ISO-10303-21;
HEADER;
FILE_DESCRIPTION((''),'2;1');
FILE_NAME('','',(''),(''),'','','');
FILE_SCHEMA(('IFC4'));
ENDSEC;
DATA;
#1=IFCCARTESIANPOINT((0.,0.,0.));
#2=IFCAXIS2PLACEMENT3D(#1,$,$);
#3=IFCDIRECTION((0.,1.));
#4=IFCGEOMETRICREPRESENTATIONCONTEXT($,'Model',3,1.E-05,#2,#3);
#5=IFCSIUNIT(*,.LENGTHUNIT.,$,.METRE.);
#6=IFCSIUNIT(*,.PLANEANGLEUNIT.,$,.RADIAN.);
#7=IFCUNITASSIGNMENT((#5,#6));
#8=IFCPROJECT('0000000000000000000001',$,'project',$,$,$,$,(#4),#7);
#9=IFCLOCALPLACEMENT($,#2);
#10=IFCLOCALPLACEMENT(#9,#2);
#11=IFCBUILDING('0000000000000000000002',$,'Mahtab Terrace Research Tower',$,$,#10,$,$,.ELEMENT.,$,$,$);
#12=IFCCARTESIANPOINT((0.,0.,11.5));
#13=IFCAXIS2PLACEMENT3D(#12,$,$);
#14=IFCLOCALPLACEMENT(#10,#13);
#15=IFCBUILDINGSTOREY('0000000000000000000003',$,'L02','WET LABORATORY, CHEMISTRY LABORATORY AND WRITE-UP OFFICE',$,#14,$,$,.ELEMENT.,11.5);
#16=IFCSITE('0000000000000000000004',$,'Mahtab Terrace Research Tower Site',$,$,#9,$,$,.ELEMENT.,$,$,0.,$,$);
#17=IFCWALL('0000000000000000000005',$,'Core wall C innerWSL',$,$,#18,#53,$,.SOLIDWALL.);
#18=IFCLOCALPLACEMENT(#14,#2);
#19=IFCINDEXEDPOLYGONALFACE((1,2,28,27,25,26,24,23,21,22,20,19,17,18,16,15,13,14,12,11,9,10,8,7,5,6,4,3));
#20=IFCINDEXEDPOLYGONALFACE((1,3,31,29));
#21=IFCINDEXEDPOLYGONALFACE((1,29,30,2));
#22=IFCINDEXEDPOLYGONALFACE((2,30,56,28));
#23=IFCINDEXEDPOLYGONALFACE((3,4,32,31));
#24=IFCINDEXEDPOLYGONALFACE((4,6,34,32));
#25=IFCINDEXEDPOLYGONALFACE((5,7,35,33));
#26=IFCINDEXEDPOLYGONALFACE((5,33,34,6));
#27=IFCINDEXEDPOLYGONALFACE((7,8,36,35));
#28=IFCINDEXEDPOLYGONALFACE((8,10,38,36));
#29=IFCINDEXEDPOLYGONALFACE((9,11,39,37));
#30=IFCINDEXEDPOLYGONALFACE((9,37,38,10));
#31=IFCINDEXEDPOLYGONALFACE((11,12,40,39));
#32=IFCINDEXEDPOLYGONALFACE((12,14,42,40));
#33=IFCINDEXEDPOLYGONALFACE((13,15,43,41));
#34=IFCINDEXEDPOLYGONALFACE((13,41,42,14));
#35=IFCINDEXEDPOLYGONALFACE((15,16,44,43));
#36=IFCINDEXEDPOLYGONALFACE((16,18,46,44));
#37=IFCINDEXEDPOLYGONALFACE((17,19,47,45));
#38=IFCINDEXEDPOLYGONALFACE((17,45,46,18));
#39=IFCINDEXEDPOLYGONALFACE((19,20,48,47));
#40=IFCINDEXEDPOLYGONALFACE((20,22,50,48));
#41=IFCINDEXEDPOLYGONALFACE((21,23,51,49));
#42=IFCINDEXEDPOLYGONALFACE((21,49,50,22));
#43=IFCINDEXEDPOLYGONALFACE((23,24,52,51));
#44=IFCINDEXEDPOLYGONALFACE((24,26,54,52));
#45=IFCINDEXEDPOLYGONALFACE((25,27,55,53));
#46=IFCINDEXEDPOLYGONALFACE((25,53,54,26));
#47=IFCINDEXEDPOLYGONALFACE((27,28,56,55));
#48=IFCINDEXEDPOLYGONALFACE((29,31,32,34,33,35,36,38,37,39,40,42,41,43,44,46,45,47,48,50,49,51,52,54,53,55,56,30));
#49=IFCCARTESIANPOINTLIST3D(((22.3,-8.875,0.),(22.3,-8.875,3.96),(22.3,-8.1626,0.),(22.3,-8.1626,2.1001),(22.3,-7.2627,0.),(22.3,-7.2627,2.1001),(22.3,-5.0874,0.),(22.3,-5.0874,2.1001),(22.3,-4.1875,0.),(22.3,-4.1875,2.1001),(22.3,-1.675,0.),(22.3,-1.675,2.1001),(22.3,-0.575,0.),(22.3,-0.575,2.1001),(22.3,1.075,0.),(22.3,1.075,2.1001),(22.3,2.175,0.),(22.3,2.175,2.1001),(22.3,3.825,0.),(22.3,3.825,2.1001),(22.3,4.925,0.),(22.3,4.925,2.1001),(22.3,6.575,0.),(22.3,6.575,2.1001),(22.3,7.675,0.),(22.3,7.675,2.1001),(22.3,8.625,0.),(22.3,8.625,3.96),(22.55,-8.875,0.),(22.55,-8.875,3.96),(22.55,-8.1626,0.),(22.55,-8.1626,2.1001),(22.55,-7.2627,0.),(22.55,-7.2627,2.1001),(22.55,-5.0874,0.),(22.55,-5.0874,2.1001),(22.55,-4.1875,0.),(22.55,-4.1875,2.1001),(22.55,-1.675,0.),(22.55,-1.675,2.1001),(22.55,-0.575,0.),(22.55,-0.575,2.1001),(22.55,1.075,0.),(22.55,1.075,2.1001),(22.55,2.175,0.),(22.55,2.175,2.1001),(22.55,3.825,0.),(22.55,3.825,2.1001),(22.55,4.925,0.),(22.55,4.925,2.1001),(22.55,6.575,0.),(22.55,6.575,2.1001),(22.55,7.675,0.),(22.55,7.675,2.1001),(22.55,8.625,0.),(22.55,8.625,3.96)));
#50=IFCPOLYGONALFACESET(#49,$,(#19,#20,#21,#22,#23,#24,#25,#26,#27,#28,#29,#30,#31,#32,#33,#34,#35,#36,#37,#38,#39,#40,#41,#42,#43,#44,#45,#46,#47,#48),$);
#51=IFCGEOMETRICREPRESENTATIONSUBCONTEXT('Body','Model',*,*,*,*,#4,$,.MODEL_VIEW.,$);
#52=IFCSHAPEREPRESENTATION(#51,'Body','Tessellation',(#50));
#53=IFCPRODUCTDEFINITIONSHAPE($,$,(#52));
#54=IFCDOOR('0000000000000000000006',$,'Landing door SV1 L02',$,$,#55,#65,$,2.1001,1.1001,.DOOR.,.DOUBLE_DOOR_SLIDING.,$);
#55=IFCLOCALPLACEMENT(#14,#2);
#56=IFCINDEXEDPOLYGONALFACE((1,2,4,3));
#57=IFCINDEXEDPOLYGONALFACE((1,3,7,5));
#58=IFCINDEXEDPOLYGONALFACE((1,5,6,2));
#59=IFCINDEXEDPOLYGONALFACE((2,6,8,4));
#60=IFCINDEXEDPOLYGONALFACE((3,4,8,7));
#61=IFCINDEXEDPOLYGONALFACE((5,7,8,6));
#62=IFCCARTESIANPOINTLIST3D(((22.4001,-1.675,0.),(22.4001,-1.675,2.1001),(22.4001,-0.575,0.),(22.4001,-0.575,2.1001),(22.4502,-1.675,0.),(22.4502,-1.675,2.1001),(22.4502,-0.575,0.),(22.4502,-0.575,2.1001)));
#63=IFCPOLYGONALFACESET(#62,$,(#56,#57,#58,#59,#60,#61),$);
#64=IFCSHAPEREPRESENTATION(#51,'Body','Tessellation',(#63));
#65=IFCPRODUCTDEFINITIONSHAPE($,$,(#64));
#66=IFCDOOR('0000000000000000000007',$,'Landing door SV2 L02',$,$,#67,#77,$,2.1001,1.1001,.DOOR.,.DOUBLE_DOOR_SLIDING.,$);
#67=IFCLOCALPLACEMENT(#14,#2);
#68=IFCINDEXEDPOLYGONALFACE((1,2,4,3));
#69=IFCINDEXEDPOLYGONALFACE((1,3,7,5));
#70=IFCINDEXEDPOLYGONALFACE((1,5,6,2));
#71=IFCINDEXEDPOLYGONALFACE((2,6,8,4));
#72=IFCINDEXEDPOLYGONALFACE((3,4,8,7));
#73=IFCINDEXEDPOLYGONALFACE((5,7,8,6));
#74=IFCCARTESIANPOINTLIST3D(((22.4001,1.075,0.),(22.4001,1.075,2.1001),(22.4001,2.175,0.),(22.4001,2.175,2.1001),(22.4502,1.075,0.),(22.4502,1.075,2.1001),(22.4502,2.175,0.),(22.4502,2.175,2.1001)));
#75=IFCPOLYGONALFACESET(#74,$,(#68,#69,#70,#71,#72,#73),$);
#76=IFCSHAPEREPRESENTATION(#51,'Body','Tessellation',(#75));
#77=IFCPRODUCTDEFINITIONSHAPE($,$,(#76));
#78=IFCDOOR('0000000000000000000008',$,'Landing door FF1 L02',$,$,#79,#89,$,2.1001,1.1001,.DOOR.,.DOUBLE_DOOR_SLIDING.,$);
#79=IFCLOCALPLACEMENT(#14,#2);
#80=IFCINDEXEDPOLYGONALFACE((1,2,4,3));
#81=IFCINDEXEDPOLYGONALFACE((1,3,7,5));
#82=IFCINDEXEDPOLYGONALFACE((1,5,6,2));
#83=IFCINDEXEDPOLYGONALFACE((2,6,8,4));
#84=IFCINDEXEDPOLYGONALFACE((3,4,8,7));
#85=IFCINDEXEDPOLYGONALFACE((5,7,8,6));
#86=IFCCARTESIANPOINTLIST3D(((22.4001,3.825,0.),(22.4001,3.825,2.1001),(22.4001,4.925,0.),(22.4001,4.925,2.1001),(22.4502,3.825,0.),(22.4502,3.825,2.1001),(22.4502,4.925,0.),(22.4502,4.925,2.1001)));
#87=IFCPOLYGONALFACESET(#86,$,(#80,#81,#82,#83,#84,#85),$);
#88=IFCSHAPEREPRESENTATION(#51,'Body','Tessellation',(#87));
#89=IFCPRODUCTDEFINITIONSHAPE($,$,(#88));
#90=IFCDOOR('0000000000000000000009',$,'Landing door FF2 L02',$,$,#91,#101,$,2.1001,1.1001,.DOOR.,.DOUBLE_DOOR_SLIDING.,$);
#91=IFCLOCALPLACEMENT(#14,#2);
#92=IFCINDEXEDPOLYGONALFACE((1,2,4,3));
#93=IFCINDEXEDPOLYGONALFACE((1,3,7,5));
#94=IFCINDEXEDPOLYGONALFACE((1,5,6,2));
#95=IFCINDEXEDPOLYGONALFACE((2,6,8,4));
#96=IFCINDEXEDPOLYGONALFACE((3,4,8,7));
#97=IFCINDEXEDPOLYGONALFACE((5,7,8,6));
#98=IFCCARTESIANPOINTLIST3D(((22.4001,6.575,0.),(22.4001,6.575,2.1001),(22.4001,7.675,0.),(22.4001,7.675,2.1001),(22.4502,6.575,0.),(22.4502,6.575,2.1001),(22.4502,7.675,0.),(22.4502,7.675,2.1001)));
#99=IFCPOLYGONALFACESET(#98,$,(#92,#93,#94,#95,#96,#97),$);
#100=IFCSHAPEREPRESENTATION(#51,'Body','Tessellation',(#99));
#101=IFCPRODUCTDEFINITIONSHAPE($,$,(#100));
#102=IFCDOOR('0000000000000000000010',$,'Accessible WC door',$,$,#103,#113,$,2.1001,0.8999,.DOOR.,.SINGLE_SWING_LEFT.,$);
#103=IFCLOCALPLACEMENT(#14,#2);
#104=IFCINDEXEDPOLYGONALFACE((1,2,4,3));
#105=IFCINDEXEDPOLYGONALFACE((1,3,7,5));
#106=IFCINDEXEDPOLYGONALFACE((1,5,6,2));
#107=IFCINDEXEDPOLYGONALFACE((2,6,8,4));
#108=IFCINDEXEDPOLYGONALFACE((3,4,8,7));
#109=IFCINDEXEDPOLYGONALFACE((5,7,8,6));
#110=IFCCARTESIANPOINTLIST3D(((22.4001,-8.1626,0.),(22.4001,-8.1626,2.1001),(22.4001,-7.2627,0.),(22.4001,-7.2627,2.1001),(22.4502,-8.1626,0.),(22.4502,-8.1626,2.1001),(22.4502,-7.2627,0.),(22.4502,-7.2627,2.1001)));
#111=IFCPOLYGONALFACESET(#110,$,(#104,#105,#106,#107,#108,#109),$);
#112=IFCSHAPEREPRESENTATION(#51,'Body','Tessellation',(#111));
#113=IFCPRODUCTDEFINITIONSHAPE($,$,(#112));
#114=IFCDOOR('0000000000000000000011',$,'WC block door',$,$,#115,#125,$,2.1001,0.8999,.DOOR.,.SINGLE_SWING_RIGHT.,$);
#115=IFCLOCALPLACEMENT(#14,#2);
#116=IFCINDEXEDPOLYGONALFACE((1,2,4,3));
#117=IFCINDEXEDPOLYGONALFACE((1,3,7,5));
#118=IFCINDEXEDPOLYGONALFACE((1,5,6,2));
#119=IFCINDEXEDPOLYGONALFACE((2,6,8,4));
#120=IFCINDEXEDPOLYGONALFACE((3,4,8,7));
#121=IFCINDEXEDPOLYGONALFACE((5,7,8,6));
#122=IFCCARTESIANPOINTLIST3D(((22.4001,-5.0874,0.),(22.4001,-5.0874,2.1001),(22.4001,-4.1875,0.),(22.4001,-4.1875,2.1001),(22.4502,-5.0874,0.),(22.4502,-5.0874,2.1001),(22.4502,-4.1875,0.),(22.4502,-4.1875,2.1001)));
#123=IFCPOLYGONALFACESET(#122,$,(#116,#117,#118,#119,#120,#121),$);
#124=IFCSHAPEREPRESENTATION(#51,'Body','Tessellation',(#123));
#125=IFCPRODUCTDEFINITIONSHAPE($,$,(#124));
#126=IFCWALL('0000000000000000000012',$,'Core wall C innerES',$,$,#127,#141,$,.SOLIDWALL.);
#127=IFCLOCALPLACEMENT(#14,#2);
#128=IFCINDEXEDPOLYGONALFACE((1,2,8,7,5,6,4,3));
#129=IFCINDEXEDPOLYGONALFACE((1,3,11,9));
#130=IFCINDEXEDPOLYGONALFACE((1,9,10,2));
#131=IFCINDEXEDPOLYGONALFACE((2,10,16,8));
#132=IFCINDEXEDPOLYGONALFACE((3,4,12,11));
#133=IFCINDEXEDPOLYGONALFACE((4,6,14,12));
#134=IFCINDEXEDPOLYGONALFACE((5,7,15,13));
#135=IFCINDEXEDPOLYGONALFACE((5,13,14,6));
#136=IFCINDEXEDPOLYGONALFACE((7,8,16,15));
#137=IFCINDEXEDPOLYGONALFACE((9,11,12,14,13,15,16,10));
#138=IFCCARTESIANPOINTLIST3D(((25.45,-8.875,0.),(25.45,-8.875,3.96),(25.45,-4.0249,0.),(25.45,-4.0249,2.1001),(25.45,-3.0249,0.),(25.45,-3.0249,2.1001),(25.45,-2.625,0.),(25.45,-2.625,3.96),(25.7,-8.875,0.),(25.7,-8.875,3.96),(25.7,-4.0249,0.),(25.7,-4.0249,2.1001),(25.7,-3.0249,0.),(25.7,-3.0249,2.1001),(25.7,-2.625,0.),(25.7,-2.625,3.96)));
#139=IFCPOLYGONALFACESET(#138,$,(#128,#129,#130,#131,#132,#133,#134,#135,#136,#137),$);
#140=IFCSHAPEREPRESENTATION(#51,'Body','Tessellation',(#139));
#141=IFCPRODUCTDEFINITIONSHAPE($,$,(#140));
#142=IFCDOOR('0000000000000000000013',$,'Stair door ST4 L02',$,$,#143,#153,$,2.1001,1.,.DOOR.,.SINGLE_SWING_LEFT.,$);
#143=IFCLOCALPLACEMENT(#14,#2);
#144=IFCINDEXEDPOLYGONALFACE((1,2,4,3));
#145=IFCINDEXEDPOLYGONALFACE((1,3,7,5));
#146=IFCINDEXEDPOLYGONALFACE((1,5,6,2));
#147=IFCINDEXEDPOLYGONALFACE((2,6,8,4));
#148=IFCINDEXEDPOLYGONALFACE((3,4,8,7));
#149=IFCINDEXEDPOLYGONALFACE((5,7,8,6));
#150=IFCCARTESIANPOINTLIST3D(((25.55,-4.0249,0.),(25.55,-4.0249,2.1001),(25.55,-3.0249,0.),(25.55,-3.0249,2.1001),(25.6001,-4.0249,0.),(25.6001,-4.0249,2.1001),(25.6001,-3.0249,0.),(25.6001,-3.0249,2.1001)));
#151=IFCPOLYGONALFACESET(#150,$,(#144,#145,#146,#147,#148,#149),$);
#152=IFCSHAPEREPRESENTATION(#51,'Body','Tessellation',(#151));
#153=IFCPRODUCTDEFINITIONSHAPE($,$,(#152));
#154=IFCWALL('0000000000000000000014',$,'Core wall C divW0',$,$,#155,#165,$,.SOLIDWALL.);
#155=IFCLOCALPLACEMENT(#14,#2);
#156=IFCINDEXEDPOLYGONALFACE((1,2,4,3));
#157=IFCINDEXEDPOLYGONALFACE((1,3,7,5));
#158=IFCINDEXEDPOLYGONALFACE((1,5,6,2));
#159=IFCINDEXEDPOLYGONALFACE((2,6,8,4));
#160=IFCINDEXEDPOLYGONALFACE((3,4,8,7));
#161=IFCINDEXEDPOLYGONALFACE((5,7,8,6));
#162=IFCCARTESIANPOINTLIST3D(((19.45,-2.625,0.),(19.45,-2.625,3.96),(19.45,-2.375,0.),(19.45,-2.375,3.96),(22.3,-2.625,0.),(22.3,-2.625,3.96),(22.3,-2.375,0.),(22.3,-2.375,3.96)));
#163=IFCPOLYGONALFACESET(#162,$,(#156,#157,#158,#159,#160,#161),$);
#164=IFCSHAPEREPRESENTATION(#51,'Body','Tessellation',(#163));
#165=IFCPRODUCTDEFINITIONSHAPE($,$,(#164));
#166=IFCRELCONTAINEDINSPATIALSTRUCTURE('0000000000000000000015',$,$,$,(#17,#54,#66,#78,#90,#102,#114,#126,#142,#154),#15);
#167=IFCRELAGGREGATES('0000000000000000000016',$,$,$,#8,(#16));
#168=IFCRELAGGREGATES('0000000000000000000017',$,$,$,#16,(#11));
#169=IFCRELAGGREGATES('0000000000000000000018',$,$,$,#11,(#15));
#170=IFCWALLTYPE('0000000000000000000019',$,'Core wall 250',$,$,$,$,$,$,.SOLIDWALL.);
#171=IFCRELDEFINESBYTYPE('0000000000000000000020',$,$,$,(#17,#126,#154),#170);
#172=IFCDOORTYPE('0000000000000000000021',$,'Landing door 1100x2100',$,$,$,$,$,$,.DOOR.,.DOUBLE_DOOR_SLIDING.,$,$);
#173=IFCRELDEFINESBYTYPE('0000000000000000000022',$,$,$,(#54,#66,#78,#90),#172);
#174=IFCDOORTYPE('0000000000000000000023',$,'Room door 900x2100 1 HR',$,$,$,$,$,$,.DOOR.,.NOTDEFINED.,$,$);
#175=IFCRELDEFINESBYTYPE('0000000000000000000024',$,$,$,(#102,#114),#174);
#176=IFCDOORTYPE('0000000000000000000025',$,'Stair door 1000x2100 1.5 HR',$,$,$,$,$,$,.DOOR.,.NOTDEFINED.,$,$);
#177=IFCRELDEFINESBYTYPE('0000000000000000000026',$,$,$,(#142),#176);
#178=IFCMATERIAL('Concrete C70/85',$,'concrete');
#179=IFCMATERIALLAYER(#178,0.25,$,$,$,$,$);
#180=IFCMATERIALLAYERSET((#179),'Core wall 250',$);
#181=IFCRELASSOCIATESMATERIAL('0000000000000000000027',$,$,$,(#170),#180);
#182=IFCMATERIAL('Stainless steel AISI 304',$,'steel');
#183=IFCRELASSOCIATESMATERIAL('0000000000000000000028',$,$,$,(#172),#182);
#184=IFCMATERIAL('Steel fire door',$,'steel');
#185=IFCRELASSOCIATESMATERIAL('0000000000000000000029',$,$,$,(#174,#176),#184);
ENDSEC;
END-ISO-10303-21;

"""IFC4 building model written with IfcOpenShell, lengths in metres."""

from ifc_helpers import new_model, si_unit, direction, frame, frame_2d, origin, place, context, subcontext, project, spatial, rectangle, extrude, material, layer, layer_set, type_object, element, fill, save


model = new_model("IFC4")

# Units and contexts
model_context = context("Model", 3, precision=1e-05, world=origin(), true_north=direction((0.0, 1.0)))
body_context = subcontext(model_context, "Body", "Model", "MODEL_VIEW")
ifc_project = project(units=[si_unit("LENGTHUNIT", "METRE"), si_unit("PLANEANGLEUNIT", "RADIAN")], contexts=[model_context])

# Site, building, storey
site_placement = place(None, origin())
site = spatial("IfcSite", under=ifc_project, at=site_placement, Name="Mahtab Terrace Research Tower Site", CompositionType="ELEMENT", RefElevation=0.0)
building_placement = place(site_placement, origin())
building = spatial("IfcBuilding", under=site, at=building_placement, Name="Mahtab Terrace Research Tower", CompositionType="ELEMENT")
storey_placement = place(building_placement, frame((0.0, 0.0, 11.5)))
storey = spatial("IfcBuildingStorey", under=building, at=storey_placement, Name="L02", Description="WET LABORATORY, CHEMISTRY LABORATORY AND WRITE-UP OFFICE", CompositionType="ELEMENT", Elevation=11.5)

# Shared definitions
ifc_material_1 = material(Name="Concrete C70/85", Category="concrete")

# Wall, openings, doors
ifc_layer_1 = layer(ifc_material_1, 0.25)
ifc_layer_set_1 = layer_set([ifc_layer_1], Name="Core wall 250")
wall_type_1 = type_object("IfcWallType", Name="Core wall 250", PredefinedType="SOLIDWALL", material=ifc_layer_set_1)
wall_1_placement = place(storey_placement, frame((22.425, -8.875, 0.0), z_axis=(0.0, 0.0, 1.0), x_axis=(0.0, 1.0, 0.0)))
wall_1 = element("IfcWall", 1, at=wall_1_placement, inside=storey, type_object=wall_type_1, Name="Core wall C innerWSL", PredefinedType="SOLIDWALL", context=body_context, shape_type="SweptSolid", body=[
    extrude(rectangle(XDim=17.5, YDim=0.25, at=frame_2d((8.75, 0.0))), origin(), (0.0, 0.0, 1.0), 3.96),
])
opening_1_placement = place(wall_1_placement, frame((7.2, 0.0, 0.0)))
opening_1 = element("IfcOpeningElement", 2, at=opening_1_placement, cuts=wall_1, PredefinedType="OPENING", context=body_context, shape_type="SweptSolid", body=[
    extrude(rectangle(XDim=1.1001, YDim=2.1001, at=frame_2d((0.55, 1.05))), frame((0.0, 0.135, 0.0), z_axis=(0.0, -1.0, 0.0), x_axis=(1.0, 0.0, 0.0)), (0.0, 0.0, 1.0), 0.27),
])
opening_2_placement = place(wall_1_placement, frame((9.95, 0.0, 0.0)))
opening_2 = element("IfcOpeningElement", 3, at=opening_2_placement, cuts=wall_1, PredefinedType="OPENING", context=body_context, shape_type="SweptSolid", body=[
    extrude(rectangle(XDim=1.1001, YDim=2.1001, at=frame_2d((0.55, 1.05))), frame((0.0, 0.135, 0.0), z_axis=(0.0, -1.0, 0.0), x_axis=(1.0, 0.0, 0.0)), (0.0, 0.0, 1.0), 0.27),
])
opening_3_placement = place(wall_1_placement, frame((12.7, 0.0, 0.0)))
opening_3 = element("IfcOpeningElement", 4, at=opening_3_placement, cuts=wall_1, PredefinedType="OPENING", context=body_context, shape_type="SweptSolid", body=[
    extrude(rectangle(XDim=1.1001, YDim=2.1001, at=frame_2d((0.55, 1.05))), frame((0.0, 0.135, 0.0), z_axis=(0.0, -1.0, 0.0), x_axis=(1.0, 0.0, 0.0)), (0.0, 0.0, 1.0), 0.27),
])
opening_4_placement = place(wall_1_placement, frame((15.45, 0.0, 0.0)))
opening_4 = element("IfcOpeningElement", 5, at=opening_4_placement, cuts=wall_1, PredefinedType="OPENING", context=body_context, shape_type="SweptSolid", body=[
    extrude(rectangle(XDim=1.1001, YDim=2.1001, at=frame_2d((0.55, 1.05))), frame((0.0, 0.135, 0.0), z_axis=(0.0, -1.0, 0.0), x_axis=(1.0, 0.0, 0.0)), (0.0, 0.0, 1.0), 0.27),
])
opening_5_placement = place(wall_1_placement, frame((0.7124, 0.0, 0.0)))
opening_5 = element("IfcOpeningElement", 6, at=opening_5_placement, cuts=wall_1, PredefinedType="OPENING", context=body_context, shape_type="SweptSolid", body=[
    extrude(rectangle(XDim=0.8999, YDim=2.1001, at=frame_2d((0.45, 1.05))), frame((0.0, 0.135, 0.0), z_axis=(0.0, -1.0, 0.0), x_axis=(1.0, 0.0, 0.0)), (0.0, 0.0, 1.0), 0.27),
])
opening_6_placement = place(wall_1_placement, frame((3.7876, 0.0, 0.0)))
opening_6 = element("IfcOpeningElement", 7, at=opening_6_placement, cuts=wall_1, PredefinedType="OPENING", context=body_context, shape_type="SweptSolid", body=[
    extrude(rectangle(XDim=0.8999, YDim=2.1001, at=frame_2d((0.45, 1.05))), frame((0.0, 0.135, 0.0), z_axis=(0.0, -1.0, 0.0), x_axis=(1.0, 0.0, 0.0)), (0.0, 0.0, 1.0), 0.27),
])
ifc_material_2 = material(Name="Stainless steel AISI 304", Category="steel")
door_type_1 = type_object("IfcDoorType", Name="Landing door 1100x2100", OperationType="DOUBLE_DOOR_SLIDING", PredefinedType="DOOR", material=ifc_material_2)
door_1_placement = place(opening_1_placement, origin())
door_1 = element("IfcDoor", 8, at=door_1_placement, inside=storey, type_object=door_type_1, Name="Landing door SV1 L02", OperationType="DOUBLE_DOOR_SLIDING", OverallHeight=2.1001, OverallWidth=1.1001, PredefinedType="DOOR", context=body_context, shape_type="SweptSolid", body=[
    extrude(rectangle(XDim=1.1001, YDim=2.1001, at=frame_2d((0.55, 1.05))), frame((0.0, 0.0249, 0.0), z_axis=(0.0, -1.0, 0.0), x_axis=(1.0, 0.0, 0.0)), (0.0, 0.0, 1.0), 0.05),
])
fill(opening_1, door_1)
door_2_placement = place(opening_2_placement, origin())
door_2 = element("IfcDoor", 9, at=door_2_placement, inside=storey, type_object=door_type_1, Name="Landing door SV2 L02", OperationType="DOUBLE_DOOR_SLIDING", OverallHeight=2.1001, OverallWidth=1.1001, PredefinedType="DOOR", context=body_context, shape_type="SweptSolid", body=[
    extrude(rectangle(XDim=1.1001, YDim=2.1001, at=frame_2d((0.55, 1.05))), frame((0.0, 0.0249, 0.0), z_axis=(0.0, -1.0, 0.0), x_axis=(1.0, 0.0, 0.0)), (0.0, 0.0, 1.0), 0.05),
])
fill(opening_2, door_2)
door_3_placement = place(opening_3_placement, origin())
door_3 = element("IfcDoor", 10, at=door_3_placement, inside=storey, type_object=door_type_1, Name="Landing door FF1 L02", OperationType="DOUBLE_DOOR_SLIDING", OverallHeight=2.1001, OverallWidth=1.1001, PredefinedType="DOOR", context=body_context, shape_type="SweptSolid", body=[
    extrude(rectangle(XDim=1.1001, YDim=2.1001, at=frame_2d((0.55, 1.05))), frame((0.0, 0.0249, 0.0), z_axis=(0.0, -1.0, 0.0), x_axis=(1.0, 0.0, 0.0)), (0.0, 0.0, 1.0), 0.05),
])
fill(opening_3, door_3)
door_4_placement = place(opening_4_placement, origin())
door_4 = element("IfcDoor", 11, at=door_4_placement, inside=storey, type_object=door_type_1, Name="Landing door FF2 L02", OperationType="DOUBLE_DOOR_SLIDING", OverallHeight=2.1001, OverallWidth=1.1001, PredefinedType="DOOR", context=body_context, shape_type="SweptSolid", body=[
    extrude(rectangle(XDim=1.1001, YDim=2.1001, at=frame_2d((0.55, 1.05))), frame((0.0, 0.0249, 0.0), z_axis=(0.0, -1.0, 0.0), x_axis=(1.0, 0.0, 0.0)), (0.0, 0.0, 1.0), 0.05),
])
fill(opening_4, door_4)
ifc_material_3 = material(Name="Steel fire door", Category="steel")
door_type_2 = type_object("IfcDoorType", Name="Room door 900x2100 1 HR", OperationType="NOTDEFINED", PredefinedType="DOOR", material=ifc_material_3)
door_5_placement = place(opening_5_placement, origin())
door_5 = element("IfcDoor", 12, at=door_5_placement, inside=storey, type_object=door_type_2, Name="Accessible WC door", OperationType="SINGLE_SWING_LEFT", OverallHeight=2.1001, OverallWidth=0.8999, PredefinedType="DOOR", context=body_context, shape_type="SweptSolid", body=[
    extrude(rectangle(XDim=0.8999, YDim=2.1001, at=frame_2d((0.45, 1.05))), frame((0.0, 0.0249, 0.0), z_axis=(0.0, -1.0, 0.0), x_axis=(1.0, 0.0, 0.0)), (0.0, 0.0, 1.0), 0.05),
])
fill(opening_5, door_5)
door_6_placement = place(opening_6_placement, origin())
door_6 = element("IfcDoor", 13, at=door_6_placement, inside=storey, type_object=door_type_2, Name="WC block door", OperationType="SINGLE_SWING_RIGHT", OverallHeight=2.1001, OverallWidth=0.8999, PredefinedType="DOOR", context=body_context, shape_type="SweptSolid", body=[
    extrude(rectangle(XDim=0.8999, YDim=2.1001, at=frame_2d((0.45, 1.05))), frame((0.0, 0.0249, 0.0), z_axis=(0.0, -1.0, 0.0), x_axis=(1.0, 0.0, 0.0)), (0.0, 0.0, 1.0), 0.05),
])
fill(opening_6, door_6)

# Wall, opening, door
wall_2_placement = place(storey_placement, frame((25.575, -8.875, 0.0), z_axis=(0.0, 0.0, 1.0), x_axis=(0.0, 1.0, 0.0)))
wall_2 = element("IfcWall", 14, at=wall_2_placement, inside=storey, type_object=wall_type_1, Name="Core wall C innerES", PredefinedType="SOLIDWALL", context=body_context, shape_type="SweptSolid", body=[
    extrude(rectangle(XDim=6.25, YDim=0.25, at=frame_2d((3.125, 0.0))), origin(), (0.0, 0.0, 1.0), 3.96),
])
opening_7_placement = place(wall_2_placement, frame((4.8501, 0.0, 0.0)))
opening_7 = element("IfcOpeningElement", 15, at=opening_7_placement, cuts=wall_2, PredefinedType="OPENING", context=body_context, shape_type="SweptSolid", body=[
    extrude(rectangle(XDim=1.0, YDim=2.1001, at=frame_2d((0.5, 1.05))), frame((0.0, 0.135, 0.0), z_axis=(0.0, -1.0, 0.0), x_axis=(1.0, 0.0, 0.0)), (0.0, 0.0, 1.0), 0.27),
])
door_type_3 = type_object("IfcDoorType", Name="Stair door 1000x2100 1.5 HR", OperationType="NOTDEFINED", PredefinedType="DOOR", material=ifc_material_3)
door_7_placement = place(opening_7_placement, origin())
door_7 = element("IfcDoor", 16, at=door_7_placement, inside=storey, type_object=door_type_3, Name="Stair door ST4 L02", OperationType="SINGLE_SWING_LEFT", OverallHeight=2.1001, OverallWidth=1.0, PredefinedType="DOOR", context=body_context, shape_type="SweptSolid", body=[
    extrude(rectangle(XDim=1.0, YDim=2.1001, at=frame_2d((0.5, 1.05))), frame((0.0, 0.0249, 0.0), z_axis=(0.0, -1.0, 0.0), x_axis=(1.0, 0.0, 0.0)), (0.0, 0.0, 1.0), 0.05),
])
fill(opening_7, door_7)

# Wall
for number, where, z_axis, x_axis, name in (
    (17, (19.45, -2.5, 0.0), (0.0, 0.0, 1.0), (1.0, 0.0, 0.0), "Core wall C divW0"),
):
    element("IfcWall", number, at=place(storey_placement, frame(where, z_axis=z_axis, x_axis=x_axis)), inside=storey, type_object=wall_type_1, Name=name, PredefinedType="SOLIDWALL", context=body_context, shape_type="SweptSolid", body=[
        extrude(rectangle(XDim=2.8501, YDim=0.25, at=frame_2d((1.425, 0.0))), origin(), (0.0, 0.0, 1.0), 3.96),
    ])

save(model, "model.ifc")
